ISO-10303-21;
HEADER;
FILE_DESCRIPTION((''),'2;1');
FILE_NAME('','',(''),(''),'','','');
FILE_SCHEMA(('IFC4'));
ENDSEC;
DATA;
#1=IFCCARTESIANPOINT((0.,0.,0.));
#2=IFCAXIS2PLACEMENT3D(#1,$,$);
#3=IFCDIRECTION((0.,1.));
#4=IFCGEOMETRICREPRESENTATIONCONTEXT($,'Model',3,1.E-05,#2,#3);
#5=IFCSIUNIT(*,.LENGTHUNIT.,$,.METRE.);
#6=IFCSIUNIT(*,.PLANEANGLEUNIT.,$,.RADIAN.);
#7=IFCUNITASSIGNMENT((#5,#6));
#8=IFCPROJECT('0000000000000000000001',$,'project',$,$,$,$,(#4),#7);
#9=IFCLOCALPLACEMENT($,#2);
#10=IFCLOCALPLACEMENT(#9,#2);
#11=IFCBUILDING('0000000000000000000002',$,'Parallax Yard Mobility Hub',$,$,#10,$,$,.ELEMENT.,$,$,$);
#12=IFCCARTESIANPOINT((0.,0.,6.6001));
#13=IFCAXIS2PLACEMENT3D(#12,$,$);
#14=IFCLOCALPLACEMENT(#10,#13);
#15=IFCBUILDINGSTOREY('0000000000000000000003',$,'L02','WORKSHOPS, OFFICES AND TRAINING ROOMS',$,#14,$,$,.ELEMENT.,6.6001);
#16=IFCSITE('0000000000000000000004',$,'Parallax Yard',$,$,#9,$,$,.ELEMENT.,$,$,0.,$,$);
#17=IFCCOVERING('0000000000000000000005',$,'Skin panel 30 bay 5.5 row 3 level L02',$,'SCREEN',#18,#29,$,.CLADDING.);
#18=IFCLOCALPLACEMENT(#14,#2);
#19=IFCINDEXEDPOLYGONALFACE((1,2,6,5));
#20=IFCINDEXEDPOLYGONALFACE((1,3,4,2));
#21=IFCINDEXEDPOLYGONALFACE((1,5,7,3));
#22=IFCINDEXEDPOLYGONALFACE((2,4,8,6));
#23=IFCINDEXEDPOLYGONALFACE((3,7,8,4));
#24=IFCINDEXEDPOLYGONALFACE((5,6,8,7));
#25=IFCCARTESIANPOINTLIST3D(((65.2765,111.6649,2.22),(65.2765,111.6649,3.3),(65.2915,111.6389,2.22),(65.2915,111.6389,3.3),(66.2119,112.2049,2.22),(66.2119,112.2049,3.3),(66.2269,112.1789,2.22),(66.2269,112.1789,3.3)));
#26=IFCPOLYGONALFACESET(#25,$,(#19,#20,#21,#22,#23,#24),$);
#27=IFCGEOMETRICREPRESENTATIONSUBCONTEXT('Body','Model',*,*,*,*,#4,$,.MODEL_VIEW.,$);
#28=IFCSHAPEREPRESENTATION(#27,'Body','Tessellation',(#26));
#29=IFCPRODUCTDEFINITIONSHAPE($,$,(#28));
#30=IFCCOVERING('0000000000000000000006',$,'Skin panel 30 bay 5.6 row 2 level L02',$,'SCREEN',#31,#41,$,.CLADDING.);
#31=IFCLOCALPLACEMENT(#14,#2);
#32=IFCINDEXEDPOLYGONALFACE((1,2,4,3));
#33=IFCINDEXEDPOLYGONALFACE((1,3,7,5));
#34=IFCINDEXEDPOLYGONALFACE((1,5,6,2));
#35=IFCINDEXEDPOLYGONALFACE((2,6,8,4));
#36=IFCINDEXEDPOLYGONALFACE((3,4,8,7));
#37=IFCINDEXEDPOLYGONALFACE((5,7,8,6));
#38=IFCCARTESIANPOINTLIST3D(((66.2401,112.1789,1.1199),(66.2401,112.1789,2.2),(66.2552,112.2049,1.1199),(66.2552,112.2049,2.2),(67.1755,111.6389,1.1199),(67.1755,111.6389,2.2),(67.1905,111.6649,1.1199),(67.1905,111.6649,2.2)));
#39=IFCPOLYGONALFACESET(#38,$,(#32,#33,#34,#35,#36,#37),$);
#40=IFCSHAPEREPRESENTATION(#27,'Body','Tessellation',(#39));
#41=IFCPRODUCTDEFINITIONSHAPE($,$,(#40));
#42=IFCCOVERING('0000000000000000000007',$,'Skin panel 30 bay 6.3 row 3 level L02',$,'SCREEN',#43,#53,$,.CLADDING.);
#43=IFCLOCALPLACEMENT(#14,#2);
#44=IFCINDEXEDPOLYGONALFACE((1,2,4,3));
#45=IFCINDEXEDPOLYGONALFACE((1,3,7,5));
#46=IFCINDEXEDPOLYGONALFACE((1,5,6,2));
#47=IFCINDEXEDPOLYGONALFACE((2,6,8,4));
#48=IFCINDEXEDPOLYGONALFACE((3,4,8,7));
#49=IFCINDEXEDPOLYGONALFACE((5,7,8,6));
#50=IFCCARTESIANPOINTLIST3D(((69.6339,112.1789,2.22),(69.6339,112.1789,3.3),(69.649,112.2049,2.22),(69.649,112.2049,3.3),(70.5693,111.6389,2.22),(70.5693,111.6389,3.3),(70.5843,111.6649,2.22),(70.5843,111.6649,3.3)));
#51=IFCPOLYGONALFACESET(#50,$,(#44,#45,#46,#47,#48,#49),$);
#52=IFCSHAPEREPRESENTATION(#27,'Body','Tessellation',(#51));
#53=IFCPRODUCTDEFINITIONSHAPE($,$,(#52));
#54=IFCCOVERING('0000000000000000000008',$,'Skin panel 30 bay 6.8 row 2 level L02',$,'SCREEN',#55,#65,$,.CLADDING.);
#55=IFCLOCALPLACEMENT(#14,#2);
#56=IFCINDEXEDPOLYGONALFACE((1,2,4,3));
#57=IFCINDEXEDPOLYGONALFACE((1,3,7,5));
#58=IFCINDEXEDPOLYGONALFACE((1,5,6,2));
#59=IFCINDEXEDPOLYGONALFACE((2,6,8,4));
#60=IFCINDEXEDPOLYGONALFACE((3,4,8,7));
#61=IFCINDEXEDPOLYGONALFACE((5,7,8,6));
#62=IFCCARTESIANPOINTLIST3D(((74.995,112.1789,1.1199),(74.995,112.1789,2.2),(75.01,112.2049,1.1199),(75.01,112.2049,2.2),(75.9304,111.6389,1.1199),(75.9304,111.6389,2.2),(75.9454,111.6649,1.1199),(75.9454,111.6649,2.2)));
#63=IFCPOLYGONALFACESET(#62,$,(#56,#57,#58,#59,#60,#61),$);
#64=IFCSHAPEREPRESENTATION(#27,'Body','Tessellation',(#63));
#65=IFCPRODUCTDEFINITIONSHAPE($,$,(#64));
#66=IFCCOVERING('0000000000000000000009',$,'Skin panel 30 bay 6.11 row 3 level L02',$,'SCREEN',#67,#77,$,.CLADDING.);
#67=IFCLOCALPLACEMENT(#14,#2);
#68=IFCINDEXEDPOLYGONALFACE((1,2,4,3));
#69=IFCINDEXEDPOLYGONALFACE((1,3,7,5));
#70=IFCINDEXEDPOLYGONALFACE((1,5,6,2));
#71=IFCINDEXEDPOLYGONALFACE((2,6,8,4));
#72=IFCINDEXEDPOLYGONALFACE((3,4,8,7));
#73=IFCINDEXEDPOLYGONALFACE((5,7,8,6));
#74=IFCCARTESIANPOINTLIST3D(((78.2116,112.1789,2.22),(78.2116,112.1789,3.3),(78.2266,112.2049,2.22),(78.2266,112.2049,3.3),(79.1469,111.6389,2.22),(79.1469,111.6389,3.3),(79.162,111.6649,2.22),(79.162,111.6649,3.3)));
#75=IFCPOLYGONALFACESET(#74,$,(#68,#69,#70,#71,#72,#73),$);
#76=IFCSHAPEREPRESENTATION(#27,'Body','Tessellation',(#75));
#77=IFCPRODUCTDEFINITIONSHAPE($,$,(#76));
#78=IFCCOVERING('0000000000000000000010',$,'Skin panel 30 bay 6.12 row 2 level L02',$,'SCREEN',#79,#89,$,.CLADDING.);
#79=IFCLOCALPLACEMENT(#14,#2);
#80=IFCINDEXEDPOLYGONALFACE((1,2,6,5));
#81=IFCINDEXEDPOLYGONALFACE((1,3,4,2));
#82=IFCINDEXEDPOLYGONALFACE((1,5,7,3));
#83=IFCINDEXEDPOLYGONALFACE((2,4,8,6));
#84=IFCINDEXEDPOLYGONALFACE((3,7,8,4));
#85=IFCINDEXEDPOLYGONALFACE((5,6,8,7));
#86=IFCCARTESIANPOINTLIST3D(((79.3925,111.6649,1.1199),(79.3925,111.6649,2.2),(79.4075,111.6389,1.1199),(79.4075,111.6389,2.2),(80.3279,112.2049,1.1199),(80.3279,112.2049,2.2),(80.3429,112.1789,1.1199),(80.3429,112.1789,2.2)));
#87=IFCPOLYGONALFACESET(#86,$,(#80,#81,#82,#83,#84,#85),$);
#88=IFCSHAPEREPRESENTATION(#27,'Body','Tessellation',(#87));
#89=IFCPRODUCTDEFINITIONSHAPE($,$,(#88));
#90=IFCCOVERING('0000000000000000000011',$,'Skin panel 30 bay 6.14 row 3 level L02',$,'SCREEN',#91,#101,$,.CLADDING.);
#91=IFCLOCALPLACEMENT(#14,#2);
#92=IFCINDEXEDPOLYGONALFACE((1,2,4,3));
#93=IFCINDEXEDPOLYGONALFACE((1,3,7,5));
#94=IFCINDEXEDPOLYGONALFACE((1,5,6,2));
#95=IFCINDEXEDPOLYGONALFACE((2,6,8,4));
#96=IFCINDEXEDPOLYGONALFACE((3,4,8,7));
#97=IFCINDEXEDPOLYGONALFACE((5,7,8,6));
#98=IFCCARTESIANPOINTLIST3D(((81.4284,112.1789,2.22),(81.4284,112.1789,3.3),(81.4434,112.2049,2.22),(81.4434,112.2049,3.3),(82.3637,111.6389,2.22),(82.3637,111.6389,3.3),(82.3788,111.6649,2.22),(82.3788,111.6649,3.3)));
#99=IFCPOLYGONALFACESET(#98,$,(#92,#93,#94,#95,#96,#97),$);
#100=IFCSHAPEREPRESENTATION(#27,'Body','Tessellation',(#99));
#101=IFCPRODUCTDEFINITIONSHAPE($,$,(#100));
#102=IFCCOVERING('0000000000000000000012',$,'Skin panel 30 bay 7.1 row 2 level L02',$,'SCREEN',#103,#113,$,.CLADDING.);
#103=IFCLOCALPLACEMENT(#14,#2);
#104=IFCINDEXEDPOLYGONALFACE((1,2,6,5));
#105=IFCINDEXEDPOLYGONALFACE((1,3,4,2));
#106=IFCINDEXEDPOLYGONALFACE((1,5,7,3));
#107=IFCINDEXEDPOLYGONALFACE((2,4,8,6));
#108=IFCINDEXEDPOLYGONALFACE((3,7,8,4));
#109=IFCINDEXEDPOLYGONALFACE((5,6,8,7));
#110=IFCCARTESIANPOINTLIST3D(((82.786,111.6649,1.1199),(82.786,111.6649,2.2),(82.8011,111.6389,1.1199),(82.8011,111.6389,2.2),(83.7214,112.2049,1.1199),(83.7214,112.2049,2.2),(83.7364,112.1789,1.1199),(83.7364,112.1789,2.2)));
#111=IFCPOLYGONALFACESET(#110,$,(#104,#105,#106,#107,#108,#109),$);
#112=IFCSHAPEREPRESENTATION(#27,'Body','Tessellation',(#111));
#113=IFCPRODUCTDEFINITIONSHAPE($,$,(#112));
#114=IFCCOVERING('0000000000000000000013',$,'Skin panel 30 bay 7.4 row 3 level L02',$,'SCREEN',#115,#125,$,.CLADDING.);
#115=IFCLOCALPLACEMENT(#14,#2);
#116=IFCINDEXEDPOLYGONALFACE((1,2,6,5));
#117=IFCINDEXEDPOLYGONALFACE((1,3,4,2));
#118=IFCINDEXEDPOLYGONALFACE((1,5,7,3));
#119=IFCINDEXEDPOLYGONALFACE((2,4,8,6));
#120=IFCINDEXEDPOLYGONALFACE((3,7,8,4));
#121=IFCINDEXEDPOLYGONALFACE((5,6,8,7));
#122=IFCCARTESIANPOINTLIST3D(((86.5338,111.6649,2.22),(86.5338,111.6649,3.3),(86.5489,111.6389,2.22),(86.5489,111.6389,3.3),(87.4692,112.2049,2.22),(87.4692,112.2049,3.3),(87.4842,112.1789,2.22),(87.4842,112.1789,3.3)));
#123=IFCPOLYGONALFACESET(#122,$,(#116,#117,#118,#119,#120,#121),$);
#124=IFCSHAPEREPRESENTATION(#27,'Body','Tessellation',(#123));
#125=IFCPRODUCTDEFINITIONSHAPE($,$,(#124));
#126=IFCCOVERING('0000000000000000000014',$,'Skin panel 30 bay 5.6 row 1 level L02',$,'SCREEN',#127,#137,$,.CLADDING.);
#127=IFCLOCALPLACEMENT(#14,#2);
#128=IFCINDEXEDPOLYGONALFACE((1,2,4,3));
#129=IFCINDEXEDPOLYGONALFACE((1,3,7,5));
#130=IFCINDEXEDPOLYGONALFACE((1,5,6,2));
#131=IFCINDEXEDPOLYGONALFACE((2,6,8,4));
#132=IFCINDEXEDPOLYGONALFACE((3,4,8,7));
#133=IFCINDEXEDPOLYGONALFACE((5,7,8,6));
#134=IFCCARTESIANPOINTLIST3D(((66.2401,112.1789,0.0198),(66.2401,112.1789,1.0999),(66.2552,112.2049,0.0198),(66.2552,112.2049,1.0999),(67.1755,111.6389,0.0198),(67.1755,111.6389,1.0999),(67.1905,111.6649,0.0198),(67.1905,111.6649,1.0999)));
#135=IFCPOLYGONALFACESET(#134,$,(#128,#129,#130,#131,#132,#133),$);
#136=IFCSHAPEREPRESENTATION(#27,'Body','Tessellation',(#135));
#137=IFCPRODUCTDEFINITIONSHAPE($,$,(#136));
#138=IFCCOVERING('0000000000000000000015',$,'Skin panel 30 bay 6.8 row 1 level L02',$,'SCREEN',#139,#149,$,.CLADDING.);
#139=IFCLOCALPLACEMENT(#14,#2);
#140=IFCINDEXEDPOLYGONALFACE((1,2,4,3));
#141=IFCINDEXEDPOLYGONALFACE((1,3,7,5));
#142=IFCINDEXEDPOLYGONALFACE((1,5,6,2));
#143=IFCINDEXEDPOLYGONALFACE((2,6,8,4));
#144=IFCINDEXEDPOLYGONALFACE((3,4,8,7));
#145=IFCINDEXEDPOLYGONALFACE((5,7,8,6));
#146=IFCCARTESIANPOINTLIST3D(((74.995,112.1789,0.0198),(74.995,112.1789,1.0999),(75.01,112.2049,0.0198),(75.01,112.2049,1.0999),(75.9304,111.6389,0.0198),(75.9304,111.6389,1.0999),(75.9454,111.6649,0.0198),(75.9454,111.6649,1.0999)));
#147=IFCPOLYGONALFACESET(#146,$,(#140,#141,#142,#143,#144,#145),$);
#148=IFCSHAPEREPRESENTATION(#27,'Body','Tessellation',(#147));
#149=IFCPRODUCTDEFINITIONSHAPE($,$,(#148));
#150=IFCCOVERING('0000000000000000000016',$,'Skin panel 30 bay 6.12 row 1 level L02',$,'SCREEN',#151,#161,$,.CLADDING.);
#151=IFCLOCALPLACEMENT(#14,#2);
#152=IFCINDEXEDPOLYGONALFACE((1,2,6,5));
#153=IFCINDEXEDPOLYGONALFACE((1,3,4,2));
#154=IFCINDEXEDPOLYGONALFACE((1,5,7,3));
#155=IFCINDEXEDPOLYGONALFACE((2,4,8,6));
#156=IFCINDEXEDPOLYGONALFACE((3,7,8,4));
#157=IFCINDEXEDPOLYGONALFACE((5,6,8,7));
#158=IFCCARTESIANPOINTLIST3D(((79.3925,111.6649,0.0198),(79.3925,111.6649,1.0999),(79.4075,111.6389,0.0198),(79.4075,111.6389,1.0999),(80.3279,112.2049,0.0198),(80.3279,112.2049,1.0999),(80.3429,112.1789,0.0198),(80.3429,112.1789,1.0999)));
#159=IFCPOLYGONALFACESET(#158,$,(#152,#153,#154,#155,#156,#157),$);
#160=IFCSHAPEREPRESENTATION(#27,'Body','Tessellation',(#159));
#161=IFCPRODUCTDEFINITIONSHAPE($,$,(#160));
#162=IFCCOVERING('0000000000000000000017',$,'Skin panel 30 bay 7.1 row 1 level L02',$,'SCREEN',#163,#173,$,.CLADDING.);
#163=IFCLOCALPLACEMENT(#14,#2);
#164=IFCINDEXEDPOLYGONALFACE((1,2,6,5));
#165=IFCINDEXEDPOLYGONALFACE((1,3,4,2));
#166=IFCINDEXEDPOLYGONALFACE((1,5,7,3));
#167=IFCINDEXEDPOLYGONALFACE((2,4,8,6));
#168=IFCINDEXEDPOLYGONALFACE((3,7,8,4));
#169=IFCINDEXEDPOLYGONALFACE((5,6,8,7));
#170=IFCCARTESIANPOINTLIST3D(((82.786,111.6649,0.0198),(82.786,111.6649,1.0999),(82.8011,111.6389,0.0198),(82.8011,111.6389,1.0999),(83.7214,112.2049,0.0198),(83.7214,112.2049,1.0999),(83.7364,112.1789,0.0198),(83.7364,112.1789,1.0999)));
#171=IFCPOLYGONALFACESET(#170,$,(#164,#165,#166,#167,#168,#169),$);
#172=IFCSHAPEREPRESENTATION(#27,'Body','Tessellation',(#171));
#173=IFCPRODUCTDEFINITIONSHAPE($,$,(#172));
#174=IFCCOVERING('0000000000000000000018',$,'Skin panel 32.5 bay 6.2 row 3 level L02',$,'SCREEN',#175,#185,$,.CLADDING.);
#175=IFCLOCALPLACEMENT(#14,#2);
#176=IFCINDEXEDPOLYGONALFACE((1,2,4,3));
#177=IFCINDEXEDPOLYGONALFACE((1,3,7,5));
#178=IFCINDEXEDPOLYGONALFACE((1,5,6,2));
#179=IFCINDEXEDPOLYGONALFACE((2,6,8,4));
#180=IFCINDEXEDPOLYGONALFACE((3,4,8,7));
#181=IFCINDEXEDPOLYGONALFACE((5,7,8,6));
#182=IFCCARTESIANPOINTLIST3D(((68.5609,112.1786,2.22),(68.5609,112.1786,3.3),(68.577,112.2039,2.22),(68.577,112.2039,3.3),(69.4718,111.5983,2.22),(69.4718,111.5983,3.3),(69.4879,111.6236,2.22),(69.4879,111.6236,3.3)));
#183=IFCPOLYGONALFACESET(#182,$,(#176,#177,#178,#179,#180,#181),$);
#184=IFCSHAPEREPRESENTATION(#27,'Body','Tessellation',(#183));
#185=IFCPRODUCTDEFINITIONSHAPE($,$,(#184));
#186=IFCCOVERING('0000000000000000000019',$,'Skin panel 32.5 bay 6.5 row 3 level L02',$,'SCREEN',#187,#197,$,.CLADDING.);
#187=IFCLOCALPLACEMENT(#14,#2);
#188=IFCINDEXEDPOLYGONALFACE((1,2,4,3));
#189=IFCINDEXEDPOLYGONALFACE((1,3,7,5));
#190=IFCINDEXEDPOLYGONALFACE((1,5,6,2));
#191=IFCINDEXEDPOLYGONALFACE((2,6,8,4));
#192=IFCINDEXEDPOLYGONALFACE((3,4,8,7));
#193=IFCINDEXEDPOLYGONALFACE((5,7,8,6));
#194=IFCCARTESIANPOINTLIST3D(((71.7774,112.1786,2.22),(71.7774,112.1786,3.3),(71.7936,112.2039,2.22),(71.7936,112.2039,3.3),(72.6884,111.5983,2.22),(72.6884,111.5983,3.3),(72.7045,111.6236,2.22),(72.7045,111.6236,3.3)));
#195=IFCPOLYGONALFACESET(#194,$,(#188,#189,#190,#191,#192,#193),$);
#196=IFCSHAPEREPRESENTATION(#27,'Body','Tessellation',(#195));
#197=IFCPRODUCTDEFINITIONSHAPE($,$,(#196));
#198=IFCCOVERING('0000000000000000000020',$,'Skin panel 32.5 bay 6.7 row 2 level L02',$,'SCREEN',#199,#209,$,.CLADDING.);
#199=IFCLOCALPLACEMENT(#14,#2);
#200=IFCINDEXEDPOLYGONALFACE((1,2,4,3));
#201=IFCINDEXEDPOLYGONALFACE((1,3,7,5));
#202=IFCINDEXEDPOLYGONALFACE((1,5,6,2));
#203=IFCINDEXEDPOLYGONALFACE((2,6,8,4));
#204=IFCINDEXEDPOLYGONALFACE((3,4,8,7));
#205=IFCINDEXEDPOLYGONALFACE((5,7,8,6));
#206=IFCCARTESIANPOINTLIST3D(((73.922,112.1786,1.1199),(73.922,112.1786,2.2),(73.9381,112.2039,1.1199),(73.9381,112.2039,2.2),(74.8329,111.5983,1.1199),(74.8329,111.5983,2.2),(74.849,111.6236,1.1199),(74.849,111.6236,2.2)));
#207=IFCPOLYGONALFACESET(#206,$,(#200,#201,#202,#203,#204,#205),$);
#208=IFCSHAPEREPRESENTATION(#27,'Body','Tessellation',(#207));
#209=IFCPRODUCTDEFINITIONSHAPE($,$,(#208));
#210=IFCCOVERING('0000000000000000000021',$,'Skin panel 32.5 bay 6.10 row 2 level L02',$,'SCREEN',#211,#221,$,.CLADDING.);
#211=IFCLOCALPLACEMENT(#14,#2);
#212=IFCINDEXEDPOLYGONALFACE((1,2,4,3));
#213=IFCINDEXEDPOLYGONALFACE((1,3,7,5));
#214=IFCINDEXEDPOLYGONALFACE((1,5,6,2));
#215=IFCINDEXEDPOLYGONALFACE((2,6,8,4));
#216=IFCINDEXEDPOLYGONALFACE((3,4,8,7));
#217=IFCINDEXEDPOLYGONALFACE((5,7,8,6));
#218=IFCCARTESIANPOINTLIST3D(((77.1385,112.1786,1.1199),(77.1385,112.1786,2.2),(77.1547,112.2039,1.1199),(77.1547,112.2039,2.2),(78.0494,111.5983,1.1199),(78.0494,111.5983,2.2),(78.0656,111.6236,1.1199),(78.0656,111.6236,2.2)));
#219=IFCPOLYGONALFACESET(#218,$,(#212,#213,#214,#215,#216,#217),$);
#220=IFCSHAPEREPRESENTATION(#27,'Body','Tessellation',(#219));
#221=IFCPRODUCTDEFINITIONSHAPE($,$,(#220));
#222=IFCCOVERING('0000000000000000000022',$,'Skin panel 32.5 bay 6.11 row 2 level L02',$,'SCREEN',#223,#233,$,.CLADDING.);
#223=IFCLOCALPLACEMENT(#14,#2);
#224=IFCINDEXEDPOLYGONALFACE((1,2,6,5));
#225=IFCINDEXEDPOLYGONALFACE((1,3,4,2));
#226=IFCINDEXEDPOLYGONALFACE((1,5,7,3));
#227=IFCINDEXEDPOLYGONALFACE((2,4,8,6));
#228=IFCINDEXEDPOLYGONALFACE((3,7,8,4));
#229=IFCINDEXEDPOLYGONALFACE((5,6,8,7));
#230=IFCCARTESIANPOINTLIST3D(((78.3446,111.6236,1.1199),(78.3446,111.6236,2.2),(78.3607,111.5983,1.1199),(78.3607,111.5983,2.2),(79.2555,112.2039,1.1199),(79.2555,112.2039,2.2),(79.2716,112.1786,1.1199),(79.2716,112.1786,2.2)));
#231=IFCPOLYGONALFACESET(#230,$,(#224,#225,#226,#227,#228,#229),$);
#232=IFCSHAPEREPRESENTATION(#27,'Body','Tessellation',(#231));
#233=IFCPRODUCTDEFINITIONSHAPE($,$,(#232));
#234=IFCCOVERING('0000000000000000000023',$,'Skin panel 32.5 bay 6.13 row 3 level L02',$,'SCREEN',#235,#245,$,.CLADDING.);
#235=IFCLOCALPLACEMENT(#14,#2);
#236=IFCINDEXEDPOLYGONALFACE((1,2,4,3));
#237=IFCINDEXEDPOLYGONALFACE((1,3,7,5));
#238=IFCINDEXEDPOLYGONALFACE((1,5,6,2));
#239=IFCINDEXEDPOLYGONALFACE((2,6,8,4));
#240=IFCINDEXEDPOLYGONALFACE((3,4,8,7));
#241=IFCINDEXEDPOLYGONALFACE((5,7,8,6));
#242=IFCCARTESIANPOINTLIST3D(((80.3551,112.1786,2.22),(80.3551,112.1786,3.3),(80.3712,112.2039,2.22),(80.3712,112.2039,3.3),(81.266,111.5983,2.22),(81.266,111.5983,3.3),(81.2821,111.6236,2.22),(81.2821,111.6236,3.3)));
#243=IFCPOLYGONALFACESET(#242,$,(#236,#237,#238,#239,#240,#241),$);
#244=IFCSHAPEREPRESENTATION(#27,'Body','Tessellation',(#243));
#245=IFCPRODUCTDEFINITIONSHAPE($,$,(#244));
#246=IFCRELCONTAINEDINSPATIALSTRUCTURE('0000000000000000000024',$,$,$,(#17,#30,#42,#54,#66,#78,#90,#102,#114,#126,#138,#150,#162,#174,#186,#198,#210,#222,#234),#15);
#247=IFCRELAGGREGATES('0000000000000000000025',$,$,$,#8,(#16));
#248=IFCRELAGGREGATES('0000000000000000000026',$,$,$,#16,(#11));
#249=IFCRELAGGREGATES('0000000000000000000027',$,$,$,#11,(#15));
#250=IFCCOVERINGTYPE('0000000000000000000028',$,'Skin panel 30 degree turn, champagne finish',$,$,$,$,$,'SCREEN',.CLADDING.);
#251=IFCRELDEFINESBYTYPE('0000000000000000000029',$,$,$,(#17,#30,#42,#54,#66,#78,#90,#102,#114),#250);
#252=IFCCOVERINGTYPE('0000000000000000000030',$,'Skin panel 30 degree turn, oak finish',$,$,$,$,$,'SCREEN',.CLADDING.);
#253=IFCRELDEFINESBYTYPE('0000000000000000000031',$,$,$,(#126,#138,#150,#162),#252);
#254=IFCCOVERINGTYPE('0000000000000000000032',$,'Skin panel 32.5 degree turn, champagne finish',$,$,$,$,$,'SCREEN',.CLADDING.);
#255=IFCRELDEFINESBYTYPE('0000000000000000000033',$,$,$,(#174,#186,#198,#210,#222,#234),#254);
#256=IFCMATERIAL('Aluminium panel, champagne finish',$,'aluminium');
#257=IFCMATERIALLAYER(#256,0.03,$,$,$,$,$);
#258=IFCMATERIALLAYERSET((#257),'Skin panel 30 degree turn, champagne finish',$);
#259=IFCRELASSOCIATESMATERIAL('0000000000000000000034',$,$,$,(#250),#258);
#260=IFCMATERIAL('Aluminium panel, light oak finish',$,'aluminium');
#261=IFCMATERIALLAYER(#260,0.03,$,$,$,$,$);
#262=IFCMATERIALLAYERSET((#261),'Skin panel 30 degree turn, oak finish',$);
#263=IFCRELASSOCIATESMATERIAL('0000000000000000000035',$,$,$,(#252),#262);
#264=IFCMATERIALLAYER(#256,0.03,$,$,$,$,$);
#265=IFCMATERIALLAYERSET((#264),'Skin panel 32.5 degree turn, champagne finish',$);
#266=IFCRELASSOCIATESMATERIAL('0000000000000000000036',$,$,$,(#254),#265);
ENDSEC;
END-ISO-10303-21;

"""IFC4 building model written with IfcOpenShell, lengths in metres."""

from ifc_helpers import new_model, si_unit, direction, frame, origin, origin_2d, place, context, subcontext, project, spatial, rectangle, extrude, material, layer, layer_set, type_object, element, save


model = new_model("IFC4")

# Units and contexts
model_context = context("Model", 3, precision=1e-05, world=origin(), true_north=direction((0.0, 1.0)))
body_context = subcontext(model_context, "Body", "Model", "MODEL_VIEW")
ifc_project = project(units=[si_unit("LENGTHUNIT", "METRE"), si_unit("PLANEANGLEUNIT", "RADIAN")], contexts=[model_context])

# Site, building, storey
site_placement = place(None, origin())
site = spatial("IfcSite", under=ifc_project, at=site_placement, Name="Parallax Yard", CompositionType="ELEMENT", RefElevation=0.0)
building_placement = place(site_placement, origin())
building = spatial("IfcBuilding", under=site, at=building_placement, Name="Parallax Yard Mobility Hub", CompositionType="ELEMENT")
storey_placement = place(building_placement, frame((0.0, 0.0, 6.6001)))
storey = spatial("IfcBuildingStorey", under=building, at=storey_placement, Name="L02", Description="WORKSHOPS, OFFICES AND TRAINING ROOMS", CompositionType="ELEMENT", Elevation=6.6001)

# Coverings
ifc_material_1 = material(Name="Aluminium panel, champagne finish", Category="aluminium")
ifc_layer_1 = layer(ifc_material_1, 0.03)
ifc_layer_set_1 = layer_set([ifc_layer_1], Name="Skin panel 30 degree turn, champagne finish")
covering_type_1 = type_object("IfcCoveringType", Name="Skin panel 30 degree turn, champagne finish", ElementType="SCREEN", PredefinedType="CLADDING", material=ifc_layer_set_1)
for number, where, z_axis, x_axis, name in (
    (1, (65.7517, 111.9219, 2.22), (0.0, 0.0, 1.0), (-0.866025, -0.5, 0.0), "Skin panel 30 bay 5.5 row 3 level L02"),
    (2, (66.7153, 111.9219, 1.1199), (0.0, 0.0, 1.0), (0.866025, -0.5, 0.0), "Skin panel 30 bay 5.6 row 2 level L02"),
    (3, (70.1091, 111.9219, 2.22), (0.0, 0.0, 1.0), (0.866025, -0.5, 0.0), "Skin panel 30 bay 6.3 row 3 level L02"),
    (4, (75.4702, 111.9219, 1.1199), (0.0, 0.0, 1.0), (0.866025, -0.5, 0.0), "Skin panel 30 bay 6.8 row 2 level L02"),
    (5, (78.6868, 111.9219, 2.22), (0.0, 0.0, 1.0), (0.866025, -0.5, 0.0), "Skin panel 30 bay 6.11 row 3 level L02"),
    (6, (79.8677, 111.9219, 1.1199), (0.0, 0.0, 1.0), (-0.866025, -0.5, 0.0), "Skin panel 30 bay 6.12 row 2 level L02"),
    (7, (81.9036, 111.9219, 2.22), (0.0, 0.0, 1.0), (0.866025, -0.5, 0.0), "Skin panel 30 bay 6.14 row 3 level L02"),
    (8, (83.2612, 111.9219, 1.1199), (0.0, 0.0, 1.0), (-0.866025, -0.5, 0.0), "Skin panel 30 bay 7.1 row 2 level L02"),
    (9, (87.009, 111.9219, 2.22), (0.0, 0.0, 1.0), (-0.866025, -0.5, 0.0), "Skin panel 30 bay 7.4 row 3 level L02"),
):
    element("IfcCovering", number, at=place(storey_placement, frame(where, z_axis=z_axis, x_axis=x_axis)), inside=storey, type_object=covering_type_1, Name=name, ObjectType="SCREEN", PredefinedType="CLADDING", context=body_context, shape_type="SweptSolid", body=[
        extrude(rectangle(XDim=1.0801, YDim=0.03, at=origin_2d()), origin(), (0.0, 0.0, 1.0), 1.0801),
    ])
ifc_material_2 = material(Name="Aluminium panel, light oak finish", Category="aluminium")
ifc_layer_2 = layer(ifc_material_2, 0.03)
ifc_layer_set_2 = layer_set([ifc_layer_2], Name="Skin panel 30 degree turn, oak finish")
covering_type_2 = type_object("IfcCoveringType", Name="Skin panel 30 degree turn, oak finish", ElementType="SCREEN", PredefinedType="CLADDING", material=ifc_layer_set_2)
for number, where, z_axis, x_axis, name in (
    (10, (66.7153, 111.9219, 0.0198), (0.0, 0.0, 1.0), (0.866025, -0.5, 0.0), "Skin panel 30 bay 5.6 row 1 level L02"),
    (11, (75.4702, 111.9219, 0.0198), (0.0, 0.0, 1.0), (0.866025, -0.5, 0.0), "Skin panel 30 bay 6.8 row 1 level L02"),
    (12, (79.8677, 111.9219, 0.0198), (0.0, 0.0, 1.0), (-0.866025, -0.5, 0.0), "Skin panel 30 bay 6.12 row 1 level L02"),
    (13, (83.2612, 111.9219, 0.0198), (0.0, 0.0, 1.0), (-0.866025, -0.5, 0.0), "Skin panel 30 bay 7.1 row 1 level L02"),
):
    element("IfcCovering", number, at=place(storey_placement, frame(where, z_axis=z_axis, x_axis=x_axis)), inside=storey, type_object=covering_type_2, Name=name, ObjectType="SCREEN", PredefinedType="CLADDING", context=body_context, shape_type="SweptSolid", body=[
        extrude(rectangle(XDim=1.0801, YDim=0.03, at=origin_2d()), origin(), (0.0, 0.0, 1.0), 1.0801),
    ])
ifc_layer_3 = layer(ifc_material_1, 0.03)
ifc_layer_set_3 = layer_set([ifc_layer_3], Name="Skin panel 32.5 degree turn, champagne finish")
covering_type_3 = type_object("IfcCoveringType", Name="Skin panel 32.5 degree turn, champagne finish", ElementType="SCREEN", PredefinedType="CLADDING", material=ifc_layer_set_3)
for number, where, z_axis, x_axis, name in (
    (14, (69.0244, 111.9011, 2.22), (0.0, 0.0, 1.0), (0.843391, -0.5373, 0.0), "Skin panel 32.5 bay 6.2 row 3 level L02"),
    (15, (72.241, 111.9011, 2.22), (0.0, 0.0, 1.0), (0.843391, -0.5373, 0.0), "Skin panel 32.5 bay 6.5 row 3 level L02"),
    (16, (74.3855, 111.9011, 1.1199), (0.0, 0.0, 1.0), (0.843391, -0.5373, 0.0), "Skin panel 32.5 bay 6.7 row 2 level L02"),
    (17, (77.6021, 111.9011, 1.1199), (0.0, 0.0, 1.0), (0.843391, -0.5373, 0.0), "Skin panel 32.5 bay 6.10 row 2 level L02"),
    (18, (78.8081, 111.9011, 1.1199), (0.0, 0.0, 1.0), (-0.843391, -0.5373, 0.0), "Skin panel 32.5 bay 6.11 row 2 level L02"),
    (19, (80.8186, 111.9011, 2.22), (0.0, 0.0, 1.0), (0.843391, -0.5373, 0.0), "Skin panel 32.5 bay 6.13 row 3 level L02"),
):
    element("IfcCovering", number, at=place(storey_placement, frame(where, z_axis=z_axis, x_axis=x_axis)), inside=storey, type_object=covering_type_3, Name=name, ObjectType="SCREEN", PredefinedType="CLADDING", context=body_context, shape_type="SweptSolid", body=[
        extrude(rectangle(XDim=1.0801, YDim=0.03, at=origin_2d()), origin(), (0.0, 0.0, 1.0), 1.0801),
    ])

save(model, "model.ifc")
